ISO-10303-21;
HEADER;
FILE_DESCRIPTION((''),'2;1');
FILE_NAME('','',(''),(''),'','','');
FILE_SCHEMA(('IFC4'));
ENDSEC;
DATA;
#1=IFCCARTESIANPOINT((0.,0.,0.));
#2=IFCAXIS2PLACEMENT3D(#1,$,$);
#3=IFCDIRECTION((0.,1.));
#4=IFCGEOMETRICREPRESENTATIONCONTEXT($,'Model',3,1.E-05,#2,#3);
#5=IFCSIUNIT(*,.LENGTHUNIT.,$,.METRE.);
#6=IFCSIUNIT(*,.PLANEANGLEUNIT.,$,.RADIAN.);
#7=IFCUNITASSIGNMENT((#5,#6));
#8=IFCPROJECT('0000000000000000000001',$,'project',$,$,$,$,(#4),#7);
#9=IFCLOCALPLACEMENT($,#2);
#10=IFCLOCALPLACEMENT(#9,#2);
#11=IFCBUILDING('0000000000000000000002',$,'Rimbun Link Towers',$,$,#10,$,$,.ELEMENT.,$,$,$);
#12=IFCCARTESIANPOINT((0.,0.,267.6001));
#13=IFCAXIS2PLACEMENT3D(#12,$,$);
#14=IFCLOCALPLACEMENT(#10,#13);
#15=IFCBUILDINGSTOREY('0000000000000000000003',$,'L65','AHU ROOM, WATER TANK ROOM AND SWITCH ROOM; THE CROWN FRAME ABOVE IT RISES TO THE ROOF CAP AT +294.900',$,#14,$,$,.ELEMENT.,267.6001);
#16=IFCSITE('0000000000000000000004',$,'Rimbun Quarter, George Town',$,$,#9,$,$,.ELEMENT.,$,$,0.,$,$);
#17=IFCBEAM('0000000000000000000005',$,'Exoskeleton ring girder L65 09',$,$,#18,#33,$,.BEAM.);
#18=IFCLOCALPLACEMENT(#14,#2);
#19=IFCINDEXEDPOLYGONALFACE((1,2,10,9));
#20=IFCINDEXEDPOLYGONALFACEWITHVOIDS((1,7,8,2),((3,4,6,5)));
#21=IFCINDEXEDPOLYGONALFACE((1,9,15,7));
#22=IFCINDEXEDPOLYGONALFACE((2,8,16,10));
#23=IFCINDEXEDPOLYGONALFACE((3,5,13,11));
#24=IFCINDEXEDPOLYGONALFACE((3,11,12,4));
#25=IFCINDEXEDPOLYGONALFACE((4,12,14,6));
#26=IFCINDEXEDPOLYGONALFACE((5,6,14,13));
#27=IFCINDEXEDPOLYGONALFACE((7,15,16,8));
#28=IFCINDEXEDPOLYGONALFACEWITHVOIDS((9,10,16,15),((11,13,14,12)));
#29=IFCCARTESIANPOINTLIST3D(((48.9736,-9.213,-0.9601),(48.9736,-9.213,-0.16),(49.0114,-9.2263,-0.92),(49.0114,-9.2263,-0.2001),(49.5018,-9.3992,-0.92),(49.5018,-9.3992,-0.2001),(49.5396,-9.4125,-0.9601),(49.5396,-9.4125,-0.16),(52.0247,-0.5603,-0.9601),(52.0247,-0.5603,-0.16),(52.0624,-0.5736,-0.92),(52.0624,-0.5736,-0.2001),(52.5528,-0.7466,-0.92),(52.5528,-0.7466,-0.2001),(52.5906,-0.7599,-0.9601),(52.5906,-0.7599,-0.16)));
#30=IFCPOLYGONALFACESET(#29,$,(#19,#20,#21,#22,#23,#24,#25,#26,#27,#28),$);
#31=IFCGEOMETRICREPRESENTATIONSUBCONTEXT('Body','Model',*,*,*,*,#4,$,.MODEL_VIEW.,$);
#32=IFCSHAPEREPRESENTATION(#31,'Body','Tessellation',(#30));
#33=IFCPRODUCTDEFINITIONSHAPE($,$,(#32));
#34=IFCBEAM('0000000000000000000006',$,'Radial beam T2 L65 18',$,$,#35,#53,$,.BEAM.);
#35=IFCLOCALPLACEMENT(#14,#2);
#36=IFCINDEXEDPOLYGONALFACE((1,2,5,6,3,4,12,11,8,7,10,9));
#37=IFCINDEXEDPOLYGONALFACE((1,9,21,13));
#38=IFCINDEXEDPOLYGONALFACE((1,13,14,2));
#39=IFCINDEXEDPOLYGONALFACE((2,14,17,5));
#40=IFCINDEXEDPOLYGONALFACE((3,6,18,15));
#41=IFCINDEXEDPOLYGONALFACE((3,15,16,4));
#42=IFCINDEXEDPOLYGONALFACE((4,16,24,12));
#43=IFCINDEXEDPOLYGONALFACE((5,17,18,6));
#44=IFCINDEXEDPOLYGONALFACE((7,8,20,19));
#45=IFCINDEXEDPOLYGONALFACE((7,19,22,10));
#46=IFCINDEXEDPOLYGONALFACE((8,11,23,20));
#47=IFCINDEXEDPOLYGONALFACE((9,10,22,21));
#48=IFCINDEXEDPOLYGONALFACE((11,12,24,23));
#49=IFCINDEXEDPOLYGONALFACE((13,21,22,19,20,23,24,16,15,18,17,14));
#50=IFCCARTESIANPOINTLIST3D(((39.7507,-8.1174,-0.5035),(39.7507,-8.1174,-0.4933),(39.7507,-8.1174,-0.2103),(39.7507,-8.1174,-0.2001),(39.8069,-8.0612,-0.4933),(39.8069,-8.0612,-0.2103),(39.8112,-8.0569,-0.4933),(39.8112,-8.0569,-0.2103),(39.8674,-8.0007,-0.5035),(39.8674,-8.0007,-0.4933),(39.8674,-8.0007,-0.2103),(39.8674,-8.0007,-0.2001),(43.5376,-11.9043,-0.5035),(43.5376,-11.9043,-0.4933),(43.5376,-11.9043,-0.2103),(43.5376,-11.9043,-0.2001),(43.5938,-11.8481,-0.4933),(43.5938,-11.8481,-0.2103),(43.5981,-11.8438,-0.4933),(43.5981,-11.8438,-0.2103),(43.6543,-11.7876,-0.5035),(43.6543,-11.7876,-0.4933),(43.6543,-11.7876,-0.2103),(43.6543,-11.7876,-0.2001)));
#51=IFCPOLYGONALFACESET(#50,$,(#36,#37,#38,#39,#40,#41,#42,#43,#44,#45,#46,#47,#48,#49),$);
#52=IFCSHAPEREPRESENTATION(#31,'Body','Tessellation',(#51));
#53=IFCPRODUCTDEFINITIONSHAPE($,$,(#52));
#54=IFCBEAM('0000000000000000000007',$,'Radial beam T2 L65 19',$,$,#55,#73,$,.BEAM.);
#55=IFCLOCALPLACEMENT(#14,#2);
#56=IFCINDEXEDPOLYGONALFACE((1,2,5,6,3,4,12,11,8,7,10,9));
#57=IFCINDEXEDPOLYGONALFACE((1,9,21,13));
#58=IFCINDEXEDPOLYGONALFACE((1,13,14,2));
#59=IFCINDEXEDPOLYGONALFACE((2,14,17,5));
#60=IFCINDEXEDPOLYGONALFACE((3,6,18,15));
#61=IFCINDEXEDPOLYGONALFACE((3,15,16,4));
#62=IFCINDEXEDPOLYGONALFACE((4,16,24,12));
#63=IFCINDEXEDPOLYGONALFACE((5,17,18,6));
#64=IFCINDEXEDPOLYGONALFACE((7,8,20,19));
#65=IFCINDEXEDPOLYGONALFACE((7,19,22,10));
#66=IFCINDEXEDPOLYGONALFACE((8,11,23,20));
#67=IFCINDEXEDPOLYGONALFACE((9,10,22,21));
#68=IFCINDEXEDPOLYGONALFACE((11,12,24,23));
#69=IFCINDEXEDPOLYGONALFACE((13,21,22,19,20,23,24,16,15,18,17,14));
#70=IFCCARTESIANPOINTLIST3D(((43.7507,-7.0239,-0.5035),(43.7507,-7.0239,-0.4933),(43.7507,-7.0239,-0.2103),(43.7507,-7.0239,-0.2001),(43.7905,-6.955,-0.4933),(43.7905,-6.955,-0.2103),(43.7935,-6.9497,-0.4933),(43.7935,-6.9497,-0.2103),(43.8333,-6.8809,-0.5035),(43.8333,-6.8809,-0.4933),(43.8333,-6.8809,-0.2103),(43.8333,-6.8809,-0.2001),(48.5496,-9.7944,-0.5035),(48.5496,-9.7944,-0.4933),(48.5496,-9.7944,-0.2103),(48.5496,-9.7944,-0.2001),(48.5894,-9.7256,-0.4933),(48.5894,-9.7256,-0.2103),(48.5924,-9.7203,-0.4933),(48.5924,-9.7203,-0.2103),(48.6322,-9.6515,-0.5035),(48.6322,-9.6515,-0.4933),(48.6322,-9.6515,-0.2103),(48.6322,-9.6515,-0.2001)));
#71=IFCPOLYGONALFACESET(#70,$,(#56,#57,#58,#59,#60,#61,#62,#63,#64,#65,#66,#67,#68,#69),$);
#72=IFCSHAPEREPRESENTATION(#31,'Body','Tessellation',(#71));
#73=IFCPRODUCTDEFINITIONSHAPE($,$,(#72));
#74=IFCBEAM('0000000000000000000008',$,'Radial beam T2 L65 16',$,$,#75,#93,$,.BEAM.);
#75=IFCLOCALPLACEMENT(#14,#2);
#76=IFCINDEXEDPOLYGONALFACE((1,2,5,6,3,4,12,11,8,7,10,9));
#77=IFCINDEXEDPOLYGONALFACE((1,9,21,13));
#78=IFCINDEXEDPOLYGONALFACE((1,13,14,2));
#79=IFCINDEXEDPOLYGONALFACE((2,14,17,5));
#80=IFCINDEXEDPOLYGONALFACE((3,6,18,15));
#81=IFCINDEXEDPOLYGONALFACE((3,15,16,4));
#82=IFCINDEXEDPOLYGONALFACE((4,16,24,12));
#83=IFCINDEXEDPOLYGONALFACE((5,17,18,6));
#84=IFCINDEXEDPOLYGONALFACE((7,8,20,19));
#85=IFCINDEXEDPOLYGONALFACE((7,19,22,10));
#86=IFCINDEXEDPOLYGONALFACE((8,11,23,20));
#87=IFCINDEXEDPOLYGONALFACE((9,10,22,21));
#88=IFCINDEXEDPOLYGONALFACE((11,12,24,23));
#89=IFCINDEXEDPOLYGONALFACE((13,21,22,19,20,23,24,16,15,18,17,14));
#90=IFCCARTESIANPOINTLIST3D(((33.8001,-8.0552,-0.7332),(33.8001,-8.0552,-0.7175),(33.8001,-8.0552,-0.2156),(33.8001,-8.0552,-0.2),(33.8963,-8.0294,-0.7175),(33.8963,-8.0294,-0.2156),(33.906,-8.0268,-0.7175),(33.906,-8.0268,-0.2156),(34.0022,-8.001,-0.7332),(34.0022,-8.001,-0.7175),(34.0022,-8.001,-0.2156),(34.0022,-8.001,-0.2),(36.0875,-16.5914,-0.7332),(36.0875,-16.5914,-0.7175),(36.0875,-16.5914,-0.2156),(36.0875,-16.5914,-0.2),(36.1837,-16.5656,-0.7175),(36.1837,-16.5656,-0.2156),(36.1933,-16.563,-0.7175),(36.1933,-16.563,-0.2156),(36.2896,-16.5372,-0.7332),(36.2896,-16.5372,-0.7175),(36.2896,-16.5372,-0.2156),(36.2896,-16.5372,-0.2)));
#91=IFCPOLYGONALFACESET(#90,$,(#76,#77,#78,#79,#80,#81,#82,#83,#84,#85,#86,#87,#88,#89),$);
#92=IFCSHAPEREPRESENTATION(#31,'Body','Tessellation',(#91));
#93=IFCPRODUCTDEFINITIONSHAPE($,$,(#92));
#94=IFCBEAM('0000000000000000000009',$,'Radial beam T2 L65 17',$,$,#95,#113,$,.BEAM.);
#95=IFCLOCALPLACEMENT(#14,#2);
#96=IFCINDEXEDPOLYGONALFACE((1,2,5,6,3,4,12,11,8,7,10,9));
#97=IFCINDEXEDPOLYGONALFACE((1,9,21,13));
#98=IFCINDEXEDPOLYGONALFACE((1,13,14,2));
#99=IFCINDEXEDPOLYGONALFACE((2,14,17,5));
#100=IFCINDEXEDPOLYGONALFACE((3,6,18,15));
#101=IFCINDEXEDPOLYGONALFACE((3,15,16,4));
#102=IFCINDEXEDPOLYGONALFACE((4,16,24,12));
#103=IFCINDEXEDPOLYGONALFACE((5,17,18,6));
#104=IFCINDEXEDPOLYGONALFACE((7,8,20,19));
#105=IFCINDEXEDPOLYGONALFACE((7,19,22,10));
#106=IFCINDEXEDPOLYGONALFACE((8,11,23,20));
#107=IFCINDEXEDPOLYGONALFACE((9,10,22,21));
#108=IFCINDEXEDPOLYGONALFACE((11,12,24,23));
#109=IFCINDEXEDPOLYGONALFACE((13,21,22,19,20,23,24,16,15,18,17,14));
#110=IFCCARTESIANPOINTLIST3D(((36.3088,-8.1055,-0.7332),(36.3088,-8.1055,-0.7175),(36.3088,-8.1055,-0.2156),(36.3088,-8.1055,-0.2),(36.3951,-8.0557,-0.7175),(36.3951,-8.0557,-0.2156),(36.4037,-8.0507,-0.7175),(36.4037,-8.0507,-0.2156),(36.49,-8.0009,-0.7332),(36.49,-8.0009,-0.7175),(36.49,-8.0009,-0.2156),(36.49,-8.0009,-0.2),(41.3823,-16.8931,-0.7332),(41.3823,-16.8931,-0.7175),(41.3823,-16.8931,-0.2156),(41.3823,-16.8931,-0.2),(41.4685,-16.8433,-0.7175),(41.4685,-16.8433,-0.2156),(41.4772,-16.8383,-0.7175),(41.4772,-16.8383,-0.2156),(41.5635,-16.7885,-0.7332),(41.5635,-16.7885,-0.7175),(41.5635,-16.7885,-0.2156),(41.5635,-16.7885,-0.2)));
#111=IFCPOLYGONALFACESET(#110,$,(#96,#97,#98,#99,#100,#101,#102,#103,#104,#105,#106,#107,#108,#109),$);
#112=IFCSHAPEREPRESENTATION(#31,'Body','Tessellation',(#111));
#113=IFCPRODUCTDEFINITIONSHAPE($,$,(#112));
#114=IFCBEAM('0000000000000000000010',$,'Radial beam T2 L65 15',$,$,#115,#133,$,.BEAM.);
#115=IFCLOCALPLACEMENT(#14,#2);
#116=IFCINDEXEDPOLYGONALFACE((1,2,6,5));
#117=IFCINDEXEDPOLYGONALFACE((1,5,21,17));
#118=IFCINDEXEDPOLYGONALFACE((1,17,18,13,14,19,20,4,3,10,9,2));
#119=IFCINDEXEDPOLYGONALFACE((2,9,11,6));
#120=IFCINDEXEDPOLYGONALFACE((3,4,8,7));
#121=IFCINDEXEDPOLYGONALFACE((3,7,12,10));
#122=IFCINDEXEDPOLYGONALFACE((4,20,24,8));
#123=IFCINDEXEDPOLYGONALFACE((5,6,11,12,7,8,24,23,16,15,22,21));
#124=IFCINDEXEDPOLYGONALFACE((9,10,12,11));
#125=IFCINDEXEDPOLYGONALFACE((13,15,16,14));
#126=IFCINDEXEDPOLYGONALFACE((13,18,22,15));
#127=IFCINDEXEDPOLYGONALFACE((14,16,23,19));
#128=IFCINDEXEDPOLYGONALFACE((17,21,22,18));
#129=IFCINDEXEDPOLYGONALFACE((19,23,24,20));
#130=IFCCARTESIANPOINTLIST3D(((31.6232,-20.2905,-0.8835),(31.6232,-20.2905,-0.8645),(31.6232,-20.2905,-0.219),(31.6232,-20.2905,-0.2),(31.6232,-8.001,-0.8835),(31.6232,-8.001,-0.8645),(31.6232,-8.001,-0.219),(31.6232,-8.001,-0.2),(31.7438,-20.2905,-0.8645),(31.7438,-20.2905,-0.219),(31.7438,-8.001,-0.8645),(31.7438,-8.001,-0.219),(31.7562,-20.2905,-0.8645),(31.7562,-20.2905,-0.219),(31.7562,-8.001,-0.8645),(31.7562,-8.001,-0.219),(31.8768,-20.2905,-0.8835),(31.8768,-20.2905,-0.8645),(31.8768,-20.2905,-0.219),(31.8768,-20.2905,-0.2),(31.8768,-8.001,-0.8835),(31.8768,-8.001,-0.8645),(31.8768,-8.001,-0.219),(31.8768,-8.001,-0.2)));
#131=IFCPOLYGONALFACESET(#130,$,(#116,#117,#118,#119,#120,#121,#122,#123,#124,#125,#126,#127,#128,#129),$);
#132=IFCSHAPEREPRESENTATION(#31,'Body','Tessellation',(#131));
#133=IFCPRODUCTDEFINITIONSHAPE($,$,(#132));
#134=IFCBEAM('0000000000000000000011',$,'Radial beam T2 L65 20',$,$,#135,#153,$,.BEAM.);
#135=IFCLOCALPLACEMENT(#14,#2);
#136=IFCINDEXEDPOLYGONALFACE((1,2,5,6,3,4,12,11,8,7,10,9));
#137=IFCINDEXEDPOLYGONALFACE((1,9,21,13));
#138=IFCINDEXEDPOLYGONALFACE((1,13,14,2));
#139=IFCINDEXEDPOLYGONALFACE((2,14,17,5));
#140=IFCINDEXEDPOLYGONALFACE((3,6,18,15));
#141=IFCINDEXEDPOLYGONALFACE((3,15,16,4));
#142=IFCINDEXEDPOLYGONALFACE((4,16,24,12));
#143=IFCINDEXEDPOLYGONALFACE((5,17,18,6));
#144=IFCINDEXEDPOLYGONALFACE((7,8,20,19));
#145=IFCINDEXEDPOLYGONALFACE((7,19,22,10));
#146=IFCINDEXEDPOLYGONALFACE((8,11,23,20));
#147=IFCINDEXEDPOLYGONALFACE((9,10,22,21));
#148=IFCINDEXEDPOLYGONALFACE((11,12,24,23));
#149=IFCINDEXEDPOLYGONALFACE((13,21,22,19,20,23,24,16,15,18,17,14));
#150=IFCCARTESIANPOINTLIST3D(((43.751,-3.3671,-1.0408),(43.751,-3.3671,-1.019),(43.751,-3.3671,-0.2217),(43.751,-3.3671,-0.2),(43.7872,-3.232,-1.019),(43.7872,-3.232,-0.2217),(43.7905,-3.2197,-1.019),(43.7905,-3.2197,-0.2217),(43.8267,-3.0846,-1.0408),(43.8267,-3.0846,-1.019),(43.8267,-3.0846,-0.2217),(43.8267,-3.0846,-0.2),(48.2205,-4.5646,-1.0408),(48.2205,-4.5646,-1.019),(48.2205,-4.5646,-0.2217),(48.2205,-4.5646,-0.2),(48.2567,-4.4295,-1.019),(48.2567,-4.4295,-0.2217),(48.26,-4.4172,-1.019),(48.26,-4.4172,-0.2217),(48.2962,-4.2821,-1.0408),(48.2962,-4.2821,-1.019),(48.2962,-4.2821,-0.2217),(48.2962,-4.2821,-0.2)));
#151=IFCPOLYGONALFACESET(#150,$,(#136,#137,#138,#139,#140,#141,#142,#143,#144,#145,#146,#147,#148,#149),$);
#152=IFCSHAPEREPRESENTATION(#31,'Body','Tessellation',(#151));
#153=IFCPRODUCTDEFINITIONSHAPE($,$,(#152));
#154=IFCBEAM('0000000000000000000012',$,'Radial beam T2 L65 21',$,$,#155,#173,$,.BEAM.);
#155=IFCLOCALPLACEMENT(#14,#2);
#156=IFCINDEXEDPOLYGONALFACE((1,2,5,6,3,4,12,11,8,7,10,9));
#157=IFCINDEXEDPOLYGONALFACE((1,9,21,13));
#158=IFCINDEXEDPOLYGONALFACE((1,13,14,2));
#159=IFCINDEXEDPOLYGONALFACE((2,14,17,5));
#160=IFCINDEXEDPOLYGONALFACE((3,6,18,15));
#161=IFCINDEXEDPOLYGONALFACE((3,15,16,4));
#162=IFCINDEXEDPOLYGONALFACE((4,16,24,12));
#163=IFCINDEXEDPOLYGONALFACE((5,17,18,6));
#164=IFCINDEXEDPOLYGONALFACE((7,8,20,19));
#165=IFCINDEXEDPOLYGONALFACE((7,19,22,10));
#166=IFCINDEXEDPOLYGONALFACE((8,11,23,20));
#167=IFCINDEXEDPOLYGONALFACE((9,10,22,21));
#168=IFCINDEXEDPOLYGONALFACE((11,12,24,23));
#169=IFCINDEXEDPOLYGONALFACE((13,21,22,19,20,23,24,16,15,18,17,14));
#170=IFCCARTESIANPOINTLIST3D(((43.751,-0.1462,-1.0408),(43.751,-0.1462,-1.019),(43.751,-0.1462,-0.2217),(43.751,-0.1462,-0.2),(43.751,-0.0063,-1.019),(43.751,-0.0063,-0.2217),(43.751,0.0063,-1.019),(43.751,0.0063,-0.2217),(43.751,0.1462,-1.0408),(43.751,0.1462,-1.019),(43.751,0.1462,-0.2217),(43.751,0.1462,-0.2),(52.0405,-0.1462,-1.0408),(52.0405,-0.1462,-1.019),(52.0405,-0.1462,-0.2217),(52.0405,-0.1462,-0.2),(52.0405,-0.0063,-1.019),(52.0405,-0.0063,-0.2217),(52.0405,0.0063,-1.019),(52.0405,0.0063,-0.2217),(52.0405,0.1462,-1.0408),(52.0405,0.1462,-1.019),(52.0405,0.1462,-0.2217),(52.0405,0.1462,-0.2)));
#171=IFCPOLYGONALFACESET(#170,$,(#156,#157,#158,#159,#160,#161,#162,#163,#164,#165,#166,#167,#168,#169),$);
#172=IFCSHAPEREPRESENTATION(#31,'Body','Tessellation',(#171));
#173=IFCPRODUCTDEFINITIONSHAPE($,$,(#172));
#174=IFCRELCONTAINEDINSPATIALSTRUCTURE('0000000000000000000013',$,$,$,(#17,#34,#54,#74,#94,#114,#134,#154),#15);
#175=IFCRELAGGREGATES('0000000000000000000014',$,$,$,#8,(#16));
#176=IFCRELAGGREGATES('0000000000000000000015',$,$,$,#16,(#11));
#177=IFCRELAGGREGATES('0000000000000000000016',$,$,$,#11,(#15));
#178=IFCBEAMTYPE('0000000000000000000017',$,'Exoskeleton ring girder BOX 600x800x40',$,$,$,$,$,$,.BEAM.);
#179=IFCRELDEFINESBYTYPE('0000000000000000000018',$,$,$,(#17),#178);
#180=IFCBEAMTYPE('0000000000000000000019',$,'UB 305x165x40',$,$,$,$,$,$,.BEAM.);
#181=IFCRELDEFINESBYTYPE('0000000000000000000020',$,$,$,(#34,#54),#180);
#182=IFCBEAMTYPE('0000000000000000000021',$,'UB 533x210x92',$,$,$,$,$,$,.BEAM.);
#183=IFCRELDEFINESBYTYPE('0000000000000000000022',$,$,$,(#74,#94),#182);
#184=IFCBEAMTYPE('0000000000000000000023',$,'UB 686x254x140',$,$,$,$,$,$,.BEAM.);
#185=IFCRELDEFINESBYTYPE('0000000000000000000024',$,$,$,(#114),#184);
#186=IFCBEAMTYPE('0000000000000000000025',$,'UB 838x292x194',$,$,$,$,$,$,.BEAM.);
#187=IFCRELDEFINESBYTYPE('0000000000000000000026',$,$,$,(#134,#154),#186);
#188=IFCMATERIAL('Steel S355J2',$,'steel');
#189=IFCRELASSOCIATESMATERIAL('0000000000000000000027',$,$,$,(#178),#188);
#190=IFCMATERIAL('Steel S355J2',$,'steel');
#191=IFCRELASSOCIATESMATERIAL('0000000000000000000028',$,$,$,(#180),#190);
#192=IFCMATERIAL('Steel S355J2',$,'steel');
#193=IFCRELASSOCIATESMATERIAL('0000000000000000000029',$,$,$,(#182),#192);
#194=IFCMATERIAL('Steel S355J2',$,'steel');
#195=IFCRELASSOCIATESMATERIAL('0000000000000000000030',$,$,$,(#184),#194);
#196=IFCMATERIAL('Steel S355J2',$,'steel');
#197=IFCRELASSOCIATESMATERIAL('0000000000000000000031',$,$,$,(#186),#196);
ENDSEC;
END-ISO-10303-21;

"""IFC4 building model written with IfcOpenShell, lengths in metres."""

from ifc_helpers import new_model, si_unit, direction, frame, origin, origin_2d, place, context, subcontext, project, spatial, hollow_rectangle, i_section, extrude, material, material_profile, profile_set, type_object, element, save


model = new_model("IFC4")

# Units and contexts
model_context = context("Model", 3, precision=1e-05, world=origin(), true_north=direction((0.0, 1.0)))
body_context = subcontext(model_context, "Body", "Model", "MODEL_VIEW")
ifc_project = project(units=[si_unit("LENGTHUNIT", "METRE"), si_unit("PLANEANGLEUNIT", "RADIAN")], contexts=[model_context])

# Site, building, storey
site_placement = place(None, origin())
site = spatial("IfcSite", under=ifc_project, at=site_placement, Name="Rimbun Quarter, George Town", CompositionType="ELEMENT", RefElevation=0.0)
building_placement = place(site_placement, origin())
building = spatial("IfcBuilding", under=site, at=building_placement, Name="Rimbun Link Towers", CompositionType="ELEMENT")
storey_placement = place(building_placement, frame((0.0, 0.0, 267.6001)))
storey = spatial("IfcBuildingStorey", under=building, at=storey_placement, Name="L65", Description="AHU ROOM, WATER TANK ROOM AND SWITCH ROOM; THE CROWN FRAME ABOVE IT RISES TO THE ROOF CAP AT +294.900", CompositionType="ELEMENT", Elevation=267.6001)

# Beams
ifc_material_1 = material(Name="Steel S355J2", Category="steel")
ifc_material_profile_1 = material_profile(ifc_material_1, hollow_rectangle(XDim=0.6001, YDim=0.8, WallThickness=0.04, at=origin_2d()), Name="Exoskeleton ring girder BOX 600x800x40")
ifc_profile_set_1 = profile_set([ifc_material_profile_1], Name="Steel S355J2")
beam_type_1 = type_object("IfcBeamType", Name="Exoskeleton ring girder BOX 600x800x40", PredefinedType="BEAM", material=ifc_profile_set_1)
beam_1_placement = place(storey_placement, frame((49.2566, -9.3127, -0.5601), z_axis=(0.332546, 0.943087, 0.0), x_axis=(-0.943087, 0.332546, 0.0)))
element("IfcBeam", 1, at=beam_1_placement, inside=storey, type_object=beam_type_1, Name="Exoskeleton ring girder L65 09", PredefinedType="BEAM", context=body_context, shape_type="SweptSolid", body=[
    extrude(hollow_rectangle(XDim=0.6001, YDim=0.8, WallThickness=0.04, at=origin_2d()), origin(), (0.0, 0.0, 1.0), 9.1748),
])
ifc_material_2 = material(Name="Steel S355J2", Category="steel")
ifc_material_profile_2 = material_profile(ifc_material_2, i_section(OverallWidth=0.165, OverallDepth=0.3035, WebThickness=0.0061, FlangeThickness=0.0103, at=origin_2d()), Name="UB 305x165x40")
ifc_profile_set_2 = profile_set([ifc_material_profile_2], Name="Steel S355J2")
beam_type_2 = type_object("IfcBeamType", Name="UB 305x165x40", PredefinedType="BEAM", material=ifc_profile_set_2)
beam_2_placement = place(storey_placement, frame((39.8091, -8.0591, -0.3518), z_axis=(0.707107, -0.707107, 0.0), x_axis=(0.707107, 0.707107, 0.0)))
element("IfcBeam", 2, at=beam_2_placement, inside=storey, type_object=beam_type_2, Name="Radial beam T2 L65 18", PredefinedType="BEAM", context=body_context, shape_type="SweptSolid", body=[
    extrude(i_section(OverallWidth=0.165, OverallDepth=0.3035, WebThickness=0.0061, FlangeThickness=0.0103, at=origin_2d()), origin(), (0.0, 0.0, 1.0), 5.3555),
])
beam_3_placement = place(storey_placement, frame((43.792, -6.9524, -0.3518), z_axis=(0.866033, -0.499987, 0.0), x_axis=(0.499987, 0.866033, 0.0)))
element("IfcBeam", 3, at=beam_3_placement, inside=storey, type_object=beam_type_2, Name="Radial beam T2 L65 19", PredefinedType="BEAM", context=body_context, shape_type="SweptSolid", body=[
    extrude(i_section(OverallWidth=0.165, OverallDepth=0.3035, WebThickness=0.0061, FlangeThickness=0.0103, at=origin_2d()), origin(), (0.0, 0.0, 1.0), 5.5413),
])
ifc_material_3 = material(Name="Steel S355J2", Category="steel")
ifc_material_profile_3 = material_profile(ifc_material_3, i_section(OverallWidth=0.2092, OverallDepth=0.5332, WebThickness=0.01, FlangeThickness=0.0156, at=origin_2d()), Name="UB 533x210x92")
ifc_profile_set_3 = profile_set([ifc_material_profile_3], Name="Steel S355J2")
beam_type_3 = type_object("IfcBeamType", Name="UB 533x210x92", PredefinedType="BEAM", material=ifc_profile_set_3)
beam_4_placement = place(storey_placement, frame((33.9011, -8.0281, -0.4666), z_axis=(0.25883, -0.965923, 0.0), x_axis=(0.965923, 0.25883, 0.0)))
element("IfcBeam", 4, at=beam_4_placement, inside=storey, type_object=beam_type_3, Name="Radial beam T2 L65 16", PredefinedType="BEAM", context=body_context, shape_type="SweptSolid", body=[
    extrude(i_section(OverallWidth=0.2092, OverallDepth=0.5332, WebThickness=0.01, FlangeThickness=0.0156, at=origin_2d()), origin(), (0.0, 0.0, 1.0), 8.8374),
])
beam_5_placement = place(storey_placement, frame((36.3994, -8.0532, -0.4666), z_axis=(0.499997, -0.866027, 0.0), x_axis=(0.866027, 0.499997, 0.0)))
element("IfcBeam", 5, at=beam_5_placement, inside=storey, type_object=beam_type_3, Name="Radial beam T2 L65 17", PredefinedType="BEAM", context=body_context, shape_type="SweptSolid", body=[
    extrude(i_section(OverallWidth=0.2092, OverallDepth=0.5332, WebThickness=0.01, FlangeThickness=0.0156, at=origin_2d()), origin(), (0.0, 0.0, 1.0), 10.147),
])
ifc_material_4 = material(Name="Steel S355J2", Category="steel")
ifc_material_profile_4 = material_profile(ifc_material_4, i_section(OverallWidth=0.2537, OverallDepth=0.6836, WebThickness=0.0125, FlangeThickness=0.019, at=origin_2d()), Name="UB 686x254x140")
ifc_profile_set_4 = profile_set([ifc_material_profile_4], Name="Steel S355J2")
beam_type_4 = type_object("IfcBeamType", Name="UB 686x254x140", PredefinedType="BEAM", material=ifc_profile_set_4)
beam_6_placement = place(storey_placement, frame((31.75, -8.001, -0.5417), z_axis=(0.0, -1.0, 0.0), x_axis=(1.0, 0.0, 0.0)))
element("IfcBeam", 6, at=beam_6_placement, inside=storey, type_object=beam_type_4, Name="Radial beam T2 L65 15", PredefinedType="BEAM", context=body_context, shape_type="SweptSolid", body=[
    extrude(i_section(OverallWidth=0.2537, OverallDepth=0.6836, WebThickness=0.0125, FlangeThickness=0.019, at=origin_2d()), origin(), (0.0, 0.0, 1.0), 12.2896),
])
ifc_material_5 = material(Name="Steel S355J2", Category="steel")
ifc_material_profile_5 = material_profile(ifc_material_5, i_section(OverallWidth=0.2925, OverallDepth=0.8408, WebThickness=0.0127, FlangeThickness=0.0217, at=origin_2d()), Name="UB 838x292x194")
ifc_profile_set_5 = profile_set([ifc_material_profile_5], Name="Steel S355J2")
beam_type_5 = type_object("IfcBeamType", Name="UB 838x292x194", PredefinedType="BEAM", material=ifc_profile_set_5)
beam_7_placement = place(storey_placement, frame((43.7888, -3.2258, -0.6204), z_axis=(0.96593, -0.258802, 0.0), x_axis=(0.258802, 0.96593, 0.0)))
element("IfcBeam", 7, at=beam_7_placement, inside=storey, type_object=beam_type_5, Name="Radial beam T2 L65 20", PredefinedType="BEAM", context=body_context, shape_type="SweptSolid", body=[
    extrude(i_section(OverallWidth=0.2925, OverallDepth=0.8408, WebThickness=0.0127, FlangeThickness=0.0217, at=origin_2d()), origin(), (0.0, 0.0, 1.0), 4.6272),
])
beam_8_placement = place(storey_placement, frame((43.751, 0.0, -0.6204), z_axis=(1.0, 0.0, 0.0), x_axis=(0.0, 1.0, 0.0)))
element("IfcBeam", 8, at=beam_8_placement, inside=storey, type_object=beam_type_5, Name="Radial beam T2 L65 21", PredefinedType="BEAM", context=body_context, shape_type="SweptSolid", body=[
    extrude(i_section(OverallWidth=0.2925, OverallDepth=0.8408, WebThickness=0.0127, FlangeThickness=0.0217, at=origin_2d()), origin(), (0.0, 0.0, 1.0), 8.2896),
])

save(model, "model.ifc")
